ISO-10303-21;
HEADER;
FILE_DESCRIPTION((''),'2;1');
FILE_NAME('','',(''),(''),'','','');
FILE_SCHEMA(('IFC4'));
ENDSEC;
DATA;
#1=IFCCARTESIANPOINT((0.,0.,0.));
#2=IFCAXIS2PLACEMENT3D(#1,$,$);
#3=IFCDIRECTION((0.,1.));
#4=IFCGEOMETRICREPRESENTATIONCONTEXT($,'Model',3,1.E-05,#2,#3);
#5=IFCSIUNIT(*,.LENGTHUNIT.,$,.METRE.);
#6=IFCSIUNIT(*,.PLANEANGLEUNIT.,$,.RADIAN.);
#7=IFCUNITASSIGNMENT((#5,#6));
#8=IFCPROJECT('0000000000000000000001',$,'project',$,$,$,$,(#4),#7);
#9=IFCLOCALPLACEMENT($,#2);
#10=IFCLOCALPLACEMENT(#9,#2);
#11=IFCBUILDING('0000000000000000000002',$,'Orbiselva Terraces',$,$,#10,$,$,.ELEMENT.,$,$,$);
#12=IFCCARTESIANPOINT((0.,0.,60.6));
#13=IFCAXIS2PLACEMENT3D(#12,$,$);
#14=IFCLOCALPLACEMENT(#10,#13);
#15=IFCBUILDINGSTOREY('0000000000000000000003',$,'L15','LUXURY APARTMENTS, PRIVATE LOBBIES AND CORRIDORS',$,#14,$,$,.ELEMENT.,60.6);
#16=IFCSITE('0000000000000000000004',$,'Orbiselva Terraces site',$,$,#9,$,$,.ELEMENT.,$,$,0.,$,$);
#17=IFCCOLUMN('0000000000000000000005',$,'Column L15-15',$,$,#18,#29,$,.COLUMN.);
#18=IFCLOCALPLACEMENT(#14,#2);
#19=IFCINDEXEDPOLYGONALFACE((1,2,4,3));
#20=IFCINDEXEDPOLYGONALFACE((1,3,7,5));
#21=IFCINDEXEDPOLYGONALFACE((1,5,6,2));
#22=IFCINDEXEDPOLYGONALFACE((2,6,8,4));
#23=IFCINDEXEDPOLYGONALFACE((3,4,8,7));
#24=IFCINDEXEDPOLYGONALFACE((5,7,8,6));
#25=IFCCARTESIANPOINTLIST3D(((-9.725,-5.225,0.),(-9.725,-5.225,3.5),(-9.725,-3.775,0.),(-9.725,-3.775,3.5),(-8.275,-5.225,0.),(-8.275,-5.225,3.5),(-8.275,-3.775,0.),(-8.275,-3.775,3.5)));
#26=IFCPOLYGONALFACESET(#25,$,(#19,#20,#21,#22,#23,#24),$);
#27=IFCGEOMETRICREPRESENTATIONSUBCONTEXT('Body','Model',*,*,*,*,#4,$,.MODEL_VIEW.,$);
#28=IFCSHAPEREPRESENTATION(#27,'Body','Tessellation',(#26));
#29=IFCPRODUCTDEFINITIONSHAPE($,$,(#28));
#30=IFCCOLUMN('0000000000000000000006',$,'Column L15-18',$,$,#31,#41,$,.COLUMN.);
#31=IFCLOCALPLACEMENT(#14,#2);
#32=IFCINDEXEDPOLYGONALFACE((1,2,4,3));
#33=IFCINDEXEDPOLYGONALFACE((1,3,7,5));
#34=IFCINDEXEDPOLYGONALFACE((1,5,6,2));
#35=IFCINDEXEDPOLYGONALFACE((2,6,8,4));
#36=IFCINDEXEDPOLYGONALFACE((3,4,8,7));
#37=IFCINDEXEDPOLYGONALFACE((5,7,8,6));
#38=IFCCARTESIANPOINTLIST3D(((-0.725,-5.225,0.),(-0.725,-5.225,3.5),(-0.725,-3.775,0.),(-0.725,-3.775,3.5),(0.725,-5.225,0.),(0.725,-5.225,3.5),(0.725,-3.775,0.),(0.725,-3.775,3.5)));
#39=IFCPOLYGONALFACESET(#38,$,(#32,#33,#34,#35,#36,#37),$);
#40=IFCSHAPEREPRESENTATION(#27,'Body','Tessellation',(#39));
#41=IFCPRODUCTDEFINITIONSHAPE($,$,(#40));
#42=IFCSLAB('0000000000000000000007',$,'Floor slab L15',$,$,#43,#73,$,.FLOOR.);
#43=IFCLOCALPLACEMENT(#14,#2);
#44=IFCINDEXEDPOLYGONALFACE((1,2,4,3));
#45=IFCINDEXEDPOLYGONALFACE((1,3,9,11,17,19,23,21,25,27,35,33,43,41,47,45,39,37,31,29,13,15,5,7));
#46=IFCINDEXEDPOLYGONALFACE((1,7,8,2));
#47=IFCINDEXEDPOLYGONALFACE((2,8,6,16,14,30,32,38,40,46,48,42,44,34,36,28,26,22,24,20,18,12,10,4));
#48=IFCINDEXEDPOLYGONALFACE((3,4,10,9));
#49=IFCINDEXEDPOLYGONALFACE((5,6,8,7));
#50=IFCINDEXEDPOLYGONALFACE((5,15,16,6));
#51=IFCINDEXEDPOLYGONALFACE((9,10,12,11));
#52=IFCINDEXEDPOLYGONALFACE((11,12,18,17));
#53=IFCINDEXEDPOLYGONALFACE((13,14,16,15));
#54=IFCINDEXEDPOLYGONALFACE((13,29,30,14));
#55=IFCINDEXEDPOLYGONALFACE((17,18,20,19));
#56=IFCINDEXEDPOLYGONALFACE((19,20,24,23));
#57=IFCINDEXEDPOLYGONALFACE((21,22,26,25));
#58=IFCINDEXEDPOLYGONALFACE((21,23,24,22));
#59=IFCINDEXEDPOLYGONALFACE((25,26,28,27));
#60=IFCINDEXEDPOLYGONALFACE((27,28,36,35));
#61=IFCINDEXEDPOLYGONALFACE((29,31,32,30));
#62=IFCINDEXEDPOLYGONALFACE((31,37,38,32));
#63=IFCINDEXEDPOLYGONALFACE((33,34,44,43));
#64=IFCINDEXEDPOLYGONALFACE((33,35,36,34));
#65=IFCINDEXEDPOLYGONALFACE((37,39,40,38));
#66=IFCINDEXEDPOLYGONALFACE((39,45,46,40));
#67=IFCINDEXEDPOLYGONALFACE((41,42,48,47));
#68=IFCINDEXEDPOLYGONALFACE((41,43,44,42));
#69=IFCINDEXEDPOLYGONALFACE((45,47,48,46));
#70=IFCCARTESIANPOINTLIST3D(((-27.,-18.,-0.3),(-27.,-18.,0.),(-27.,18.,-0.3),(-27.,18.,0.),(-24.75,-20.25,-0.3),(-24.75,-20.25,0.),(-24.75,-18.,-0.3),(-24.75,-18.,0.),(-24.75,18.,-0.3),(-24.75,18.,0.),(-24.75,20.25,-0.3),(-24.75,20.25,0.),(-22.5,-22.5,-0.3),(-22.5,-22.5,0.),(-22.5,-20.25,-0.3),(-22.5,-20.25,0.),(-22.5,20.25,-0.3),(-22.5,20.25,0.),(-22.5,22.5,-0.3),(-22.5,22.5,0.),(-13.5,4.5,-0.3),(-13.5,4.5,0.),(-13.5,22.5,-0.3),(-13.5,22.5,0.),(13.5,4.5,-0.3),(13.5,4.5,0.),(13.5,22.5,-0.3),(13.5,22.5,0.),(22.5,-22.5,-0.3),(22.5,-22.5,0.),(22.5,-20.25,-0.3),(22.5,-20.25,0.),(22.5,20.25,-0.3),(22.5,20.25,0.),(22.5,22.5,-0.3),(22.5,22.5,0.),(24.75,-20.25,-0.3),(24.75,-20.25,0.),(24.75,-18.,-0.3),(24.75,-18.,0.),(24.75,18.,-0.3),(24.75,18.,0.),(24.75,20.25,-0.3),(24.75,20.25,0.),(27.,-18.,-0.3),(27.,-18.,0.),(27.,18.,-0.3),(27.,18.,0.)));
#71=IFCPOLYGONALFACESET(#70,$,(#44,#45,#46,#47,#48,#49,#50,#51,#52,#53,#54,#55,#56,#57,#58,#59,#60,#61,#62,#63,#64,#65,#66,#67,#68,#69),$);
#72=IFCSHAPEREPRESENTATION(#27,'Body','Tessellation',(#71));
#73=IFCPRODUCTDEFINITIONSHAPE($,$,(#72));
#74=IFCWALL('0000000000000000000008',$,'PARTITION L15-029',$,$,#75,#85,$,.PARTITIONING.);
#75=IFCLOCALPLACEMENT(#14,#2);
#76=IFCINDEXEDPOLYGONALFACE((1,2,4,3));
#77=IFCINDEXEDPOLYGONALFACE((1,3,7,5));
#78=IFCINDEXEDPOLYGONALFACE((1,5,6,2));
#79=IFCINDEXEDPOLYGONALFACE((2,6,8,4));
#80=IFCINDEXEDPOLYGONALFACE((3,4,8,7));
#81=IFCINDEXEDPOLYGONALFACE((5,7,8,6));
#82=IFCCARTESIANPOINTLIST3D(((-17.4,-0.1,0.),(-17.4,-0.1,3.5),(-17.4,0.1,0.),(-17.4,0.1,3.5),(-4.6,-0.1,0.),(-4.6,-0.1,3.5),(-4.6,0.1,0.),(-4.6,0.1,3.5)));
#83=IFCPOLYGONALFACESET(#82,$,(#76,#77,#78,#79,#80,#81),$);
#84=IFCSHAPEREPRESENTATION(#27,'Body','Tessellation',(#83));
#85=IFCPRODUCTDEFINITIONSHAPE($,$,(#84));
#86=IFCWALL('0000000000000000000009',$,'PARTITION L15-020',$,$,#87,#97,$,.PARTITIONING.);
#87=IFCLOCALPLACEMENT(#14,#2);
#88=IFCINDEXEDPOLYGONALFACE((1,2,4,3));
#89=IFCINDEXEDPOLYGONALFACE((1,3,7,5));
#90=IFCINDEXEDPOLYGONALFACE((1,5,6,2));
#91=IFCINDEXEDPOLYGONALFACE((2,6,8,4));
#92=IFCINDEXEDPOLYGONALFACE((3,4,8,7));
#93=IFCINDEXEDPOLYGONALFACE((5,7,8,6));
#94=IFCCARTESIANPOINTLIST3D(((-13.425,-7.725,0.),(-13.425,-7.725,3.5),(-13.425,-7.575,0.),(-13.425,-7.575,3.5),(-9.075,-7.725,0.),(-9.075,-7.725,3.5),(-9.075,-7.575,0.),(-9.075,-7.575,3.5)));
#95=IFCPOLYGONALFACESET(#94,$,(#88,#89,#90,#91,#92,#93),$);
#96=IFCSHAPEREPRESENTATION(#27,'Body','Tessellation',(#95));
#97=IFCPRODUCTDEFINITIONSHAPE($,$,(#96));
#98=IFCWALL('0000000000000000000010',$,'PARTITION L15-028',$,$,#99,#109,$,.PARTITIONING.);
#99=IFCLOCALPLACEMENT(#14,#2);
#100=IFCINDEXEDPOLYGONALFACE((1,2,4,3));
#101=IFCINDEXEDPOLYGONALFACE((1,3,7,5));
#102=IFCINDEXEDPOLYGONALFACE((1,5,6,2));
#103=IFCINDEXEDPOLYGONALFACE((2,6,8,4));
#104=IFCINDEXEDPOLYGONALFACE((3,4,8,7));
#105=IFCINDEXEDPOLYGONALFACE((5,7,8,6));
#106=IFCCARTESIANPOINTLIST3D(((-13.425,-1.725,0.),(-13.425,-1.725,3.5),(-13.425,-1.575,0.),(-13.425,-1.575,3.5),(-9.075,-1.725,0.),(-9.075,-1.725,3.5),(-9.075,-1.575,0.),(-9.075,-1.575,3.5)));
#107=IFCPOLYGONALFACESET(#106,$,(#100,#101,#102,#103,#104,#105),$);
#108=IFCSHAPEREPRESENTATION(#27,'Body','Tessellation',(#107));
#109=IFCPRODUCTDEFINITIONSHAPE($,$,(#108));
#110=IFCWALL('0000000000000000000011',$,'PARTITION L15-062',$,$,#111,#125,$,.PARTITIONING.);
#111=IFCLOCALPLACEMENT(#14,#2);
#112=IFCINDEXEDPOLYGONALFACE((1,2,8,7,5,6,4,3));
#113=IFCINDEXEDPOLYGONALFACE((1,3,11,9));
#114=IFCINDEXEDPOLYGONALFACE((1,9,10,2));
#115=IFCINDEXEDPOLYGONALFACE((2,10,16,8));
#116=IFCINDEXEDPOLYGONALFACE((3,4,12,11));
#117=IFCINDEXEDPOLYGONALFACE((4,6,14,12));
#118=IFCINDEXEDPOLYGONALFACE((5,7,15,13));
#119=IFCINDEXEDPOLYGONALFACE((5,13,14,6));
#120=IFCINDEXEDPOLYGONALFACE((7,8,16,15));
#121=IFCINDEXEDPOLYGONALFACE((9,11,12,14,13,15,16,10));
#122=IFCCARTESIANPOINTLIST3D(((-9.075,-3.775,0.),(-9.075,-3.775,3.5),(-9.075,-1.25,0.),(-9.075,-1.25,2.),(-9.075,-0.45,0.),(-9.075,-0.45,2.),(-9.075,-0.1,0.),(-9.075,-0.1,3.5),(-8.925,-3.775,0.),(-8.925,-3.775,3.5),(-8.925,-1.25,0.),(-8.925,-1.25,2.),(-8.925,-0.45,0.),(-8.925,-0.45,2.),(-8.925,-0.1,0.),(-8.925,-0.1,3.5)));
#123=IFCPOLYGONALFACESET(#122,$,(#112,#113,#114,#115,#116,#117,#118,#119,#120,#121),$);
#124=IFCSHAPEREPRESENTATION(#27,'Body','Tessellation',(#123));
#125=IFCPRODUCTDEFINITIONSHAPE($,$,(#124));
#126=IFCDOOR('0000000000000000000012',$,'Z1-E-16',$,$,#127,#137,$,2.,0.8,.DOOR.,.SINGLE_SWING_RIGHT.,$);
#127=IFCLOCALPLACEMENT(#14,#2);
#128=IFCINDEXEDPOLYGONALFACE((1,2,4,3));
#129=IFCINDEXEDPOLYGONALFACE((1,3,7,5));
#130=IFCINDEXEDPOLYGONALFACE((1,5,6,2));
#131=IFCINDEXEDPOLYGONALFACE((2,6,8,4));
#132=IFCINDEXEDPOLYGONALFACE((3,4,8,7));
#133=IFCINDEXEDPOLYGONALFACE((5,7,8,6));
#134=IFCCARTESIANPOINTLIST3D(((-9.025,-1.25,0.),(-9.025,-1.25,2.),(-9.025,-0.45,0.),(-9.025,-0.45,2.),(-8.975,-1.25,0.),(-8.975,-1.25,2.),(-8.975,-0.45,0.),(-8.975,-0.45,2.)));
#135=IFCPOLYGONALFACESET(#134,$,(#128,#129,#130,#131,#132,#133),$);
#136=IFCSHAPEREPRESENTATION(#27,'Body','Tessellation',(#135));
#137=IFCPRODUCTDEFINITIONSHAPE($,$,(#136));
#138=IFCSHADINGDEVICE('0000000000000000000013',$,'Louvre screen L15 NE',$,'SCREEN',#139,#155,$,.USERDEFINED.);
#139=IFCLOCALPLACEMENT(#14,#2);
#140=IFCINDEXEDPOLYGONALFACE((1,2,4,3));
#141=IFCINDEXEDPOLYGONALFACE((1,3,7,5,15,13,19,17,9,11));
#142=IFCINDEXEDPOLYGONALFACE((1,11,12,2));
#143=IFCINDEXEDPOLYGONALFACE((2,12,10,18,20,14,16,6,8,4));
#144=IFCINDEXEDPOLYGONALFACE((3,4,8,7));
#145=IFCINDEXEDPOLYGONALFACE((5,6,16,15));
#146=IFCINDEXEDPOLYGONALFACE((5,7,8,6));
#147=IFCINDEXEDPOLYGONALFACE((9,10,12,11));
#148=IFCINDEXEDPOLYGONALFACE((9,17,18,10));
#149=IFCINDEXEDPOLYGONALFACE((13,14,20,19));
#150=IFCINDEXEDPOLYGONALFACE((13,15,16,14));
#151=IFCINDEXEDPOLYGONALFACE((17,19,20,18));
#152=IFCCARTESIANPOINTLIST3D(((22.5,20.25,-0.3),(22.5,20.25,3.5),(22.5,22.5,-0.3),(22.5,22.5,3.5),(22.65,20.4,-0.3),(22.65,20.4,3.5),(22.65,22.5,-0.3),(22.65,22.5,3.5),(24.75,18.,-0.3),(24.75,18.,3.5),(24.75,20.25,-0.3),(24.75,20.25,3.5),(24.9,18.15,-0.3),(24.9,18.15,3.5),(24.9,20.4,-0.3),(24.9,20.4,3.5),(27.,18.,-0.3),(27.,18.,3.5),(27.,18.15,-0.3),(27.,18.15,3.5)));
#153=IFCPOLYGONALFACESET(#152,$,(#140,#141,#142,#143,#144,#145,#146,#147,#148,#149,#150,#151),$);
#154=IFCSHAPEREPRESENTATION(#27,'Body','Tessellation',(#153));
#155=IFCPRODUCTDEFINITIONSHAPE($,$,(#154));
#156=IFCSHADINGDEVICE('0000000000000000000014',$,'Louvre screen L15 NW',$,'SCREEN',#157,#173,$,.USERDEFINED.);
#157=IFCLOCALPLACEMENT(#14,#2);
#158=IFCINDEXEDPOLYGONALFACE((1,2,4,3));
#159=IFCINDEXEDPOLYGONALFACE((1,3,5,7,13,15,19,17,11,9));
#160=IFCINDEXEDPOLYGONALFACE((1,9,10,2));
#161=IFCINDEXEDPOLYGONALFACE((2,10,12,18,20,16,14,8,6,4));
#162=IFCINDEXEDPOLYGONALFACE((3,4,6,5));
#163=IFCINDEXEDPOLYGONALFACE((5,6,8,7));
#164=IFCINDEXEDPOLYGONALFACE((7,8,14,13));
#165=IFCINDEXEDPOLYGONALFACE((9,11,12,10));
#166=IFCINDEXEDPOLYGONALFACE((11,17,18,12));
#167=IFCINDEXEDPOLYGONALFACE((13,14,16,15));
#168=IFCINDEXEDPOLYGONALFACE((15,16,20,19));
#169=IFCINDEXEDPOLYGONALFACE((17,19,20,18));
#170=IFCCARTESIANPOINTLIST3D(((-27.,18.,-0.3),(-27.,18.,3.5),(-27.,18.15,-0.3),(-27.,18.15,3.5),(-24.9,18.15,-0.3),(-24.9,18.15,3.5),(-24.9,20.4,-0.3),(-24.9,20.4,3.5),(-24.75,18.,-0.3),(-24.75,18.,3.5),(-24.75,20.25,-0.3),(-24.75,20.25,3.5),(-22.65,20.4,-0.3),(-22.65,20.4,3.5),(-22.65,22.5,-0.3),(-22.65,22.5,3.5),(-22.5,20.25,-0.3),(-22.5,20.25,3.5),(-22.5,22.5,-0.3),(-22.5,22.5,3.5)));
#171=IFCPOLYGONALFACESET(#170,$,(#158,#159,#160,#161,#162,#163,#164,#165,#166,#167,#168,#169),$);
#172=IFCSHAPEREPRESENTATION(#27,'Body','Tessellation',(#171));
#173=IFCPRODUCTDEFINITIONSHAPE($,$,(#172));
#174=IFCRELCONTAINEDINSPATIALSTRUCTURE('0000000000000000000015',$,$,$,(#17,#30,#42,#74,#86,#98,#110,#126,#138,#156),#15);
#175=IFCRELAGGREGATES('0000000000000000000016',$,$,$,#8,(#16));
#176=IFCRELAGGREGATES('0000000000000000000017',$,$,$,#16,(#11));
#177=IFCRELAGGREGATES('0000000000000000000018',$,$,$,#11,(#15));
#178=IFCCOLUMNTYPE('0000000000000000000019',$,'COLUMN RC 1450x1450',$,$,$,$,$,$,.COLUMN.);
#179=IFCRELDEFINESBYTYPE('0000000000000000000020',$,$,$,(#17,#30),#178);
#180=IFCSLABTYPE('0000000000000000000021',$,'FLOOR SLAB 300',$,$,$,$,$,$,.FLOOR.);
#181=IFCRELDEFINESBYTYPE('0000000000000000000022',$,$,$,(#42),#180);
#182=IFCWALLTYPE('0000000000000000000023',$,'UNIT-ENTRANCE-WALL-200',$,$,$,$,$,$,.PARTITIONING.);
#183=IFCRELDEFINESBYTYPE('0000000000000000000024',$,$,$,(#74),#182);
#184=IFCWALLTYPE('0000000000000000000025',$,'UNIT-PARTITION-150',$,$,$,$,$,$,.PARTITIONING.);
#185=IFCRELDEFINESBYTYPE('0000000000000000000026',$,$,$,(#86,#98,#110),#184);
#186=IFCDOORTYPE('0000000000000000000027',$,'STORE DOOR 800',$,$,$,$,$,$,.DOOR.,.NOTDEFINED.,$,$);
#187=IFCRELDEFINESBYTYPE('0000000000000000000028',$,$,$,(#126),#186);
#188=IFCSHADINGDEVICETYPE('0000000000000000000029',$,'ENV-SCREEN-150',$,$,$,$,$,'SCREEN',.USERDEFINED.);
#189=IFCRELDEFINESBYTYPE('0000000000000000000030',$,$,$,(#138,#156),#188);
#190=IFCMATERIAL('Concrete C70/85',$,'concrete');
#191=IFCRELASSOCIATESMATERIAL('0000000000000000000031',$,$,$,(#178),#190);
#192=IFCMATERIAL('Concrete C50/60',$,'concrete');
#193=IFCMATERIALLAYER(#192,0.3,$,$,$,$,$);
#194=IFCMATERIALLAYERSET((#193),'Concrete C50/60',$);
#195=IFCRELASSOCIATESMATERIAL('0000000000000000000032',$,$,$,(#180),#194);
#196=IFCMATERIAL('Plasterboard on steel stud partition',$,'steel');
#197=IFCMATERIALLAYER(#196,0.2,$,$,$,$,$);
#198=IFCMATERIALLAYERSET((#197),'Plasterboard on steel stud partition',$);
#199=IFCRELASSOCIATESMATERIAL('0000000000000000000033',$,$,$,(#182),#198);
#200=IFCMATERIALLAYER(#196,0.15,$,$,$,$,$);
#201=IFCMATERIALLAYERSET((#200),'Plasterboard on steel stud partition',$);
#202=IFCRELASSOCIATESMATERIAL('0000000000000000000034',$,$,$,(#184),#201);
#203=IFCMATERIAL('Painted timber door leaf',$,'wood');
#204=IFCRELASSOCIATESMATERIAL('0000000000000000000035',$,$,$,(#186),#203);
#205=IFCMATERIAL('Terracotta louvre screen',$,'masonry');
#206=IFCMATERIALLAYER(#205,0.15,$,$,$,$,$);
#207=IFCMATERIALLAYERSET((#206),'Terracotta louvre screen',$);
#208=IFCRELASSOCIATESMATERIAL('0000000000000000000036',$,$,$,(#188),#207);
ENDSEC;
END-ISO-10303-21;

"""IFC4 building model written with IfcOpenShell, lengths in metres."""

from ifc_helpers import new_model, si_unit, direction, frame, frame_2d, origin, origin_2d, place, context, subcontext, project, spatial, polyline, rectangle, outline, extrude, material, layer, layer_set, material_profile, profile_set, type_object, element, fill, save


model = new_model("IFC4")

# Units and contexts
model_context = context("Model", 3, precision=1e-05, world=origin(), true_north=direction((0.0, 1.0)))
body_context = subcontext(model_context, "Body", "Model", "MODEL_VIEW")
ifc_project = project(units=[si_unit("LENGTHUNIT", "METRE"), si_unit("PLANEANGLEUNIT", "RADIAN")], contexts=[model_context])

# Site, building, storey
site_placement = place(None, origin())
site = spatial("IfcSite", under=ifc_project, at=site_placement, Name="Orbiselva Terraces site", CompositionType="ELEMENT", RefElevation=0.0)
building_placement = place(site_placement, origin())
building = spatial("IfcBuilding", under=site, at=building_placement, Name="Orbiselva Terraces", CompositionType="ELEMENT")
storey_placement = place(building_placement, frame((0.0, 0.0, 60.6)))
storey = spatial("IfcBuildingStorey", under=building, at=storey_placement, Name="L15", Description="LUXURY APARTMENTS, PRIVATE LOBBIES AND CORRIDORS", CompositionType="ELEMENT", Elevation=60.6)

# Columns
ifc_material_1 = material(Name="Concrete C70/85", Category="concrete")
ifc_material_profile = material_profile(ifc_material_1, rectangle(XDim=1.45, YDim=1.45, at=origin_2d()), Name="RC 1450x1450")
ifc_profile_set = profile_set([ifc_material_profile], Name="Concrete C70/85")
column_type = type_object("IfcColumnType", Name="COLUMN RC 1450x1450", PredefinedType="COLUMN", material=ifc_profile_set)
for number, where, z_axis, x_axis, name in (
    (1, (-9.0, -4.5, 0.0), (0.0, 0.0, 1.0), (1.0, 0.0, 0.0), "Column L15-15"),
    (2, (0.0, -4.5, 0.0), (0.0, 0.0, 1.0), (1.0, 0.0, 0.0), "Column L15-18"),
):
    element("IfcColumn", number, at=place(storey_placement, frame(where, z_axis=z_axis, x_axis=x_axis)), inside=storey, type_object=column_type, Name=name, PredefinedType="COLUMN", context=body_context, shape_type="SweptSolid", body=[
        extrude(rectangle(XDim=1.45, YDim=1.45, at=origin_2d()), origin(), (0.0, 0.0, 1.0), 3.5),
    ])

# Slab
ifc_material_2 = material(Name="Concrete C50/60", Category="concrete")
ifc_layer_1 = layer(ifc_material_2, 0.3)
ifc_layer_set_1 = layer_set([ifc_layer_1], Name="Concrete C50/60")
slab_type = type_object("IfcSlabType", Name="FLOOR SLAB 300", PredefinedType="FLOOR", material=ifc_layer_set_1)
slab_placement = place(storey_placement, frame((0.0, 0.0, -0.3)))
element("IfcSlab", 3, at=slab_placement, inside=storey, type_object=slab_type, Name="Floor slab L15", PredefinedType="FLOOR", context=body_context, shape_type="SweptSolid", body=[
    extrude(outline(polyline([(22.5, 22.5), (22.5, 20.25), (24.75, 20.25), (24.75, 18.0), (27.0, 18.0), (27.0, -18.0), (24.75, -18.0), (24.75, -20.25), (22.5, -20.25), (22.5, -22.5), (-22.5, -22.5), (-22.5, -20.25), (-24.75, -20.25), (-24.75, -18.0), (-27.0, -18.0), (-27.0, 18.0), (-24.75, 18.0), (-24.75, 20.25), (-22.5, 20.25), (-22.5, 22.5), (-13.5, 22.5), (-13.5, 4.5), (13.5, 4.5), (13.5, 22.5), (22.5, 22.5)])), origin(), (0.0, 0.0, 1.0), 0.3),
])

# Walls
ifc_material_3 = material(Name="Plasterboard on steel stud partition", Category="steel")
ifc_layer_2 = layer(ifc_material_3, 0.2)
ifc_layer_set_2 = layer_set([ifc_layer_2], Name="Plasterboard on steel stud partition")
wall_type_1 = type_object("IfcWallType", Name="UNIT-ENTRANCE-WALL-200", PredefinedType="PARTITIONING", material=ifc_layer_set_2)
wall_1_placement = place(storey_placement, frame((-17.4, 0.0, 0.0), z_axis=(0.0, 0.0, 1.0), x_axis=(1.0, 0.0, 0.0)))
element("IfcWall", 4, at=wall_1_placement, inside=storey, type_object=wall_type_1, Name="PARTITION L15-029", PredefinedType="PARTITIONING", context=body_context, shape_type="SweptSolid", body=[
    extrude(rectangle(XDim=12.8, YDim=0.2, at=frame_2d((6.4, 0.0))), origin(), (0.0, 0.0, 1.0), 3.5),
])
ifc_layer_3 = layer(ifc_material_3, 0.15)
ifc_layer_set_3 = layer_set([ifc_layer_3], Name="Plasterboard on steel stud partition")
wall_type_2 = type_object("IfcWallType", Name="UNIT-PARTITION-150", PredefinedType="PARTITIONING", material=ifc_layer_set_3)
for number, where, z_axis, x_axis, name in (
    (5, (-13.425, -7.65, 0.0), (0.0, 0.0, 1.0), (1.0, 0.0, 0.0), "PARTITION L15-020"),
    (6, (-13.425, -1.65, 0.0), (0.0, 0.0, 1.0), (1.0, 0.0, 0.0), "PARTITION L15-028"),
):
    element("IfcWall", number, at=place(storey_placement, frame(where, z_axis=z_axis, x_axis=x_axis)), inside=storey, type_object=wall_type_2, Name=name, PredefinedType="PARTITIONING", context=body_context, shape_type="SweptSolid", body=[
        extrude(rectangle(XDim=4.35, YDim=0.15, at=frame_2d((2.175, 0.0))), origin(), (0.0, 0.0, 1.0), 3.5),
    ])

# Wall, opening, door
wall_2_placement = place(storey_placement, frame((-9.0, -3.775, 0.0), z_axis=(0.0, 0.0, 1.0), x_axis=(0.0, 1.0, 0.0)))
wall_2 = element("IfcWall", 7, at=wall_2_placement, inside=storey, type_object=wall_type_2, Name="PARTITION L15-062", PredefinedType="PARTITIONING", context=body_context, shape_type="SweptSolid", body=[
    extrude(rectangle(XDim=3.675, YDim=0.15, at=frame_2d((1.8375, 0.0))), origin(), (0.0, 0.0, 1.0), 3.5),
])
opening_placement = place(wall_2_placement, frame((2.525, 0.0, 0.0)))
opening = element("IfcOpeningElement", 8, at=opening_placement, cuts=wall_2, PredefinedType="OPENING", context=body_context, shape_type="SweptSolid", body=[
    extrude(rectangle(XDim=0.8, YDim=2.0, at=frame_2d((0.4, 1.0))), frame((0.0, 0.085, 0.0), z_axis=(0.0, -1.0, 0.0), x_axis=(1.0, 0.0, 0.0)), (0.0, 0.0, 1.0), 0.17),
])
ifc_material_4 = material(Name="Painted timber door leaf", Category="wood")
door_type = type_object("IfcDoorType", Name="STORE DOOR 800", OperationType="NOTDEFINED", PredefinedType="DOOR", material=ifc_material_4)
door_placement = place(opening_placement, origin())
door = element("IfcDoor", 9, at=door_placement, inside=storey, type_object=door_type, Name="Z1-E-16", OperationType="SINGLE_SWING_RIGHT", OverallHeight=2.0, OverallWidth=0.8, PredefinedType="DOOR", context=body_context, shape_type="SweptSolid", body=[
    extrude(rectangle(XDim=0.8, YDim=2.0, at=frame_2d((0.4, 1.0))), frame((0.0, 0.025, 0.0), z_axis=(0.0, -1.0, 0.0), x_axis=(1.0, 0.0, 0.0)), (0.0, 0.0, 1.0), 0.05),
])
fill(opening, door)

# Shading devices
ifc_material_5 = material(Name="Terracotta louvre screen", Category="masonry")
ifc_layer_4 = layer(ifc_material_5, 0.15)
ifc_layer_set_4 = layer_set([ifc_layer_4], Name="Terracotta louvre screen")
shading_device_type_1 = type_object("IfcShadingDeviceType", Name="ENV-SCREEN-150", ElementType="SCREEN", PredefinedType="USERDEFINED", material=ifc_layer_set_4)
shading_device_1_placement = place(storey_placement, frame((0.0, 0.0, -0.3)))
element("IfcShadingDevice", 10, at=shading_device_1_placement, inside=storey, type_object=shading_device_type_1, Name="Louvre screen L15 NE", ObjectType="SCREEN", PredefinedType="USERDEFINED", context=body_context, shape_type="SweptSolid", body=[
    extrude(outline(polyline([(27.0, 18.15), (24.9, 18.15), (24.9, 20.4), (22.65, 20.4), (22.65, 22.5), (22.5, 22.5), (22.5, 20.25), (24.75, 20.25), (24.75, 18.0), (27.0, 18.0), (27.0, 18.15)])), origin(), (0.0, 0.0, 1.0), 3.8),
])
shading_device_2_placement = place(storey_placement, frame((0.0, 0.0, -0.3)))
element("IfcShadingDevice", 11, at=shading_device_2_placement, inside=storey, type_object=shading_device_type_1, Name="Louvre screen L15 NW", ObjectType="SCREEN", PredefinedType="USERDEFINED", context=body_context, shape_type="SweptSolid", body=[
    extrude(outline(polyline([(-22.65, 22.5), (-22.65, 20.4), (-24.9, 20.4), (-24.9, 18.15), (-27.0, 18.15), (-27.0, 18.0), (-24.75, 18.0), (-24.75, 20.25), (-22.5, 20.25), (-22.5, 22.5), (-22.65, 22.5)])), origin(), (0.0, 0.0, 1.0), 3.8),
])

save(model, "model.ifc")
